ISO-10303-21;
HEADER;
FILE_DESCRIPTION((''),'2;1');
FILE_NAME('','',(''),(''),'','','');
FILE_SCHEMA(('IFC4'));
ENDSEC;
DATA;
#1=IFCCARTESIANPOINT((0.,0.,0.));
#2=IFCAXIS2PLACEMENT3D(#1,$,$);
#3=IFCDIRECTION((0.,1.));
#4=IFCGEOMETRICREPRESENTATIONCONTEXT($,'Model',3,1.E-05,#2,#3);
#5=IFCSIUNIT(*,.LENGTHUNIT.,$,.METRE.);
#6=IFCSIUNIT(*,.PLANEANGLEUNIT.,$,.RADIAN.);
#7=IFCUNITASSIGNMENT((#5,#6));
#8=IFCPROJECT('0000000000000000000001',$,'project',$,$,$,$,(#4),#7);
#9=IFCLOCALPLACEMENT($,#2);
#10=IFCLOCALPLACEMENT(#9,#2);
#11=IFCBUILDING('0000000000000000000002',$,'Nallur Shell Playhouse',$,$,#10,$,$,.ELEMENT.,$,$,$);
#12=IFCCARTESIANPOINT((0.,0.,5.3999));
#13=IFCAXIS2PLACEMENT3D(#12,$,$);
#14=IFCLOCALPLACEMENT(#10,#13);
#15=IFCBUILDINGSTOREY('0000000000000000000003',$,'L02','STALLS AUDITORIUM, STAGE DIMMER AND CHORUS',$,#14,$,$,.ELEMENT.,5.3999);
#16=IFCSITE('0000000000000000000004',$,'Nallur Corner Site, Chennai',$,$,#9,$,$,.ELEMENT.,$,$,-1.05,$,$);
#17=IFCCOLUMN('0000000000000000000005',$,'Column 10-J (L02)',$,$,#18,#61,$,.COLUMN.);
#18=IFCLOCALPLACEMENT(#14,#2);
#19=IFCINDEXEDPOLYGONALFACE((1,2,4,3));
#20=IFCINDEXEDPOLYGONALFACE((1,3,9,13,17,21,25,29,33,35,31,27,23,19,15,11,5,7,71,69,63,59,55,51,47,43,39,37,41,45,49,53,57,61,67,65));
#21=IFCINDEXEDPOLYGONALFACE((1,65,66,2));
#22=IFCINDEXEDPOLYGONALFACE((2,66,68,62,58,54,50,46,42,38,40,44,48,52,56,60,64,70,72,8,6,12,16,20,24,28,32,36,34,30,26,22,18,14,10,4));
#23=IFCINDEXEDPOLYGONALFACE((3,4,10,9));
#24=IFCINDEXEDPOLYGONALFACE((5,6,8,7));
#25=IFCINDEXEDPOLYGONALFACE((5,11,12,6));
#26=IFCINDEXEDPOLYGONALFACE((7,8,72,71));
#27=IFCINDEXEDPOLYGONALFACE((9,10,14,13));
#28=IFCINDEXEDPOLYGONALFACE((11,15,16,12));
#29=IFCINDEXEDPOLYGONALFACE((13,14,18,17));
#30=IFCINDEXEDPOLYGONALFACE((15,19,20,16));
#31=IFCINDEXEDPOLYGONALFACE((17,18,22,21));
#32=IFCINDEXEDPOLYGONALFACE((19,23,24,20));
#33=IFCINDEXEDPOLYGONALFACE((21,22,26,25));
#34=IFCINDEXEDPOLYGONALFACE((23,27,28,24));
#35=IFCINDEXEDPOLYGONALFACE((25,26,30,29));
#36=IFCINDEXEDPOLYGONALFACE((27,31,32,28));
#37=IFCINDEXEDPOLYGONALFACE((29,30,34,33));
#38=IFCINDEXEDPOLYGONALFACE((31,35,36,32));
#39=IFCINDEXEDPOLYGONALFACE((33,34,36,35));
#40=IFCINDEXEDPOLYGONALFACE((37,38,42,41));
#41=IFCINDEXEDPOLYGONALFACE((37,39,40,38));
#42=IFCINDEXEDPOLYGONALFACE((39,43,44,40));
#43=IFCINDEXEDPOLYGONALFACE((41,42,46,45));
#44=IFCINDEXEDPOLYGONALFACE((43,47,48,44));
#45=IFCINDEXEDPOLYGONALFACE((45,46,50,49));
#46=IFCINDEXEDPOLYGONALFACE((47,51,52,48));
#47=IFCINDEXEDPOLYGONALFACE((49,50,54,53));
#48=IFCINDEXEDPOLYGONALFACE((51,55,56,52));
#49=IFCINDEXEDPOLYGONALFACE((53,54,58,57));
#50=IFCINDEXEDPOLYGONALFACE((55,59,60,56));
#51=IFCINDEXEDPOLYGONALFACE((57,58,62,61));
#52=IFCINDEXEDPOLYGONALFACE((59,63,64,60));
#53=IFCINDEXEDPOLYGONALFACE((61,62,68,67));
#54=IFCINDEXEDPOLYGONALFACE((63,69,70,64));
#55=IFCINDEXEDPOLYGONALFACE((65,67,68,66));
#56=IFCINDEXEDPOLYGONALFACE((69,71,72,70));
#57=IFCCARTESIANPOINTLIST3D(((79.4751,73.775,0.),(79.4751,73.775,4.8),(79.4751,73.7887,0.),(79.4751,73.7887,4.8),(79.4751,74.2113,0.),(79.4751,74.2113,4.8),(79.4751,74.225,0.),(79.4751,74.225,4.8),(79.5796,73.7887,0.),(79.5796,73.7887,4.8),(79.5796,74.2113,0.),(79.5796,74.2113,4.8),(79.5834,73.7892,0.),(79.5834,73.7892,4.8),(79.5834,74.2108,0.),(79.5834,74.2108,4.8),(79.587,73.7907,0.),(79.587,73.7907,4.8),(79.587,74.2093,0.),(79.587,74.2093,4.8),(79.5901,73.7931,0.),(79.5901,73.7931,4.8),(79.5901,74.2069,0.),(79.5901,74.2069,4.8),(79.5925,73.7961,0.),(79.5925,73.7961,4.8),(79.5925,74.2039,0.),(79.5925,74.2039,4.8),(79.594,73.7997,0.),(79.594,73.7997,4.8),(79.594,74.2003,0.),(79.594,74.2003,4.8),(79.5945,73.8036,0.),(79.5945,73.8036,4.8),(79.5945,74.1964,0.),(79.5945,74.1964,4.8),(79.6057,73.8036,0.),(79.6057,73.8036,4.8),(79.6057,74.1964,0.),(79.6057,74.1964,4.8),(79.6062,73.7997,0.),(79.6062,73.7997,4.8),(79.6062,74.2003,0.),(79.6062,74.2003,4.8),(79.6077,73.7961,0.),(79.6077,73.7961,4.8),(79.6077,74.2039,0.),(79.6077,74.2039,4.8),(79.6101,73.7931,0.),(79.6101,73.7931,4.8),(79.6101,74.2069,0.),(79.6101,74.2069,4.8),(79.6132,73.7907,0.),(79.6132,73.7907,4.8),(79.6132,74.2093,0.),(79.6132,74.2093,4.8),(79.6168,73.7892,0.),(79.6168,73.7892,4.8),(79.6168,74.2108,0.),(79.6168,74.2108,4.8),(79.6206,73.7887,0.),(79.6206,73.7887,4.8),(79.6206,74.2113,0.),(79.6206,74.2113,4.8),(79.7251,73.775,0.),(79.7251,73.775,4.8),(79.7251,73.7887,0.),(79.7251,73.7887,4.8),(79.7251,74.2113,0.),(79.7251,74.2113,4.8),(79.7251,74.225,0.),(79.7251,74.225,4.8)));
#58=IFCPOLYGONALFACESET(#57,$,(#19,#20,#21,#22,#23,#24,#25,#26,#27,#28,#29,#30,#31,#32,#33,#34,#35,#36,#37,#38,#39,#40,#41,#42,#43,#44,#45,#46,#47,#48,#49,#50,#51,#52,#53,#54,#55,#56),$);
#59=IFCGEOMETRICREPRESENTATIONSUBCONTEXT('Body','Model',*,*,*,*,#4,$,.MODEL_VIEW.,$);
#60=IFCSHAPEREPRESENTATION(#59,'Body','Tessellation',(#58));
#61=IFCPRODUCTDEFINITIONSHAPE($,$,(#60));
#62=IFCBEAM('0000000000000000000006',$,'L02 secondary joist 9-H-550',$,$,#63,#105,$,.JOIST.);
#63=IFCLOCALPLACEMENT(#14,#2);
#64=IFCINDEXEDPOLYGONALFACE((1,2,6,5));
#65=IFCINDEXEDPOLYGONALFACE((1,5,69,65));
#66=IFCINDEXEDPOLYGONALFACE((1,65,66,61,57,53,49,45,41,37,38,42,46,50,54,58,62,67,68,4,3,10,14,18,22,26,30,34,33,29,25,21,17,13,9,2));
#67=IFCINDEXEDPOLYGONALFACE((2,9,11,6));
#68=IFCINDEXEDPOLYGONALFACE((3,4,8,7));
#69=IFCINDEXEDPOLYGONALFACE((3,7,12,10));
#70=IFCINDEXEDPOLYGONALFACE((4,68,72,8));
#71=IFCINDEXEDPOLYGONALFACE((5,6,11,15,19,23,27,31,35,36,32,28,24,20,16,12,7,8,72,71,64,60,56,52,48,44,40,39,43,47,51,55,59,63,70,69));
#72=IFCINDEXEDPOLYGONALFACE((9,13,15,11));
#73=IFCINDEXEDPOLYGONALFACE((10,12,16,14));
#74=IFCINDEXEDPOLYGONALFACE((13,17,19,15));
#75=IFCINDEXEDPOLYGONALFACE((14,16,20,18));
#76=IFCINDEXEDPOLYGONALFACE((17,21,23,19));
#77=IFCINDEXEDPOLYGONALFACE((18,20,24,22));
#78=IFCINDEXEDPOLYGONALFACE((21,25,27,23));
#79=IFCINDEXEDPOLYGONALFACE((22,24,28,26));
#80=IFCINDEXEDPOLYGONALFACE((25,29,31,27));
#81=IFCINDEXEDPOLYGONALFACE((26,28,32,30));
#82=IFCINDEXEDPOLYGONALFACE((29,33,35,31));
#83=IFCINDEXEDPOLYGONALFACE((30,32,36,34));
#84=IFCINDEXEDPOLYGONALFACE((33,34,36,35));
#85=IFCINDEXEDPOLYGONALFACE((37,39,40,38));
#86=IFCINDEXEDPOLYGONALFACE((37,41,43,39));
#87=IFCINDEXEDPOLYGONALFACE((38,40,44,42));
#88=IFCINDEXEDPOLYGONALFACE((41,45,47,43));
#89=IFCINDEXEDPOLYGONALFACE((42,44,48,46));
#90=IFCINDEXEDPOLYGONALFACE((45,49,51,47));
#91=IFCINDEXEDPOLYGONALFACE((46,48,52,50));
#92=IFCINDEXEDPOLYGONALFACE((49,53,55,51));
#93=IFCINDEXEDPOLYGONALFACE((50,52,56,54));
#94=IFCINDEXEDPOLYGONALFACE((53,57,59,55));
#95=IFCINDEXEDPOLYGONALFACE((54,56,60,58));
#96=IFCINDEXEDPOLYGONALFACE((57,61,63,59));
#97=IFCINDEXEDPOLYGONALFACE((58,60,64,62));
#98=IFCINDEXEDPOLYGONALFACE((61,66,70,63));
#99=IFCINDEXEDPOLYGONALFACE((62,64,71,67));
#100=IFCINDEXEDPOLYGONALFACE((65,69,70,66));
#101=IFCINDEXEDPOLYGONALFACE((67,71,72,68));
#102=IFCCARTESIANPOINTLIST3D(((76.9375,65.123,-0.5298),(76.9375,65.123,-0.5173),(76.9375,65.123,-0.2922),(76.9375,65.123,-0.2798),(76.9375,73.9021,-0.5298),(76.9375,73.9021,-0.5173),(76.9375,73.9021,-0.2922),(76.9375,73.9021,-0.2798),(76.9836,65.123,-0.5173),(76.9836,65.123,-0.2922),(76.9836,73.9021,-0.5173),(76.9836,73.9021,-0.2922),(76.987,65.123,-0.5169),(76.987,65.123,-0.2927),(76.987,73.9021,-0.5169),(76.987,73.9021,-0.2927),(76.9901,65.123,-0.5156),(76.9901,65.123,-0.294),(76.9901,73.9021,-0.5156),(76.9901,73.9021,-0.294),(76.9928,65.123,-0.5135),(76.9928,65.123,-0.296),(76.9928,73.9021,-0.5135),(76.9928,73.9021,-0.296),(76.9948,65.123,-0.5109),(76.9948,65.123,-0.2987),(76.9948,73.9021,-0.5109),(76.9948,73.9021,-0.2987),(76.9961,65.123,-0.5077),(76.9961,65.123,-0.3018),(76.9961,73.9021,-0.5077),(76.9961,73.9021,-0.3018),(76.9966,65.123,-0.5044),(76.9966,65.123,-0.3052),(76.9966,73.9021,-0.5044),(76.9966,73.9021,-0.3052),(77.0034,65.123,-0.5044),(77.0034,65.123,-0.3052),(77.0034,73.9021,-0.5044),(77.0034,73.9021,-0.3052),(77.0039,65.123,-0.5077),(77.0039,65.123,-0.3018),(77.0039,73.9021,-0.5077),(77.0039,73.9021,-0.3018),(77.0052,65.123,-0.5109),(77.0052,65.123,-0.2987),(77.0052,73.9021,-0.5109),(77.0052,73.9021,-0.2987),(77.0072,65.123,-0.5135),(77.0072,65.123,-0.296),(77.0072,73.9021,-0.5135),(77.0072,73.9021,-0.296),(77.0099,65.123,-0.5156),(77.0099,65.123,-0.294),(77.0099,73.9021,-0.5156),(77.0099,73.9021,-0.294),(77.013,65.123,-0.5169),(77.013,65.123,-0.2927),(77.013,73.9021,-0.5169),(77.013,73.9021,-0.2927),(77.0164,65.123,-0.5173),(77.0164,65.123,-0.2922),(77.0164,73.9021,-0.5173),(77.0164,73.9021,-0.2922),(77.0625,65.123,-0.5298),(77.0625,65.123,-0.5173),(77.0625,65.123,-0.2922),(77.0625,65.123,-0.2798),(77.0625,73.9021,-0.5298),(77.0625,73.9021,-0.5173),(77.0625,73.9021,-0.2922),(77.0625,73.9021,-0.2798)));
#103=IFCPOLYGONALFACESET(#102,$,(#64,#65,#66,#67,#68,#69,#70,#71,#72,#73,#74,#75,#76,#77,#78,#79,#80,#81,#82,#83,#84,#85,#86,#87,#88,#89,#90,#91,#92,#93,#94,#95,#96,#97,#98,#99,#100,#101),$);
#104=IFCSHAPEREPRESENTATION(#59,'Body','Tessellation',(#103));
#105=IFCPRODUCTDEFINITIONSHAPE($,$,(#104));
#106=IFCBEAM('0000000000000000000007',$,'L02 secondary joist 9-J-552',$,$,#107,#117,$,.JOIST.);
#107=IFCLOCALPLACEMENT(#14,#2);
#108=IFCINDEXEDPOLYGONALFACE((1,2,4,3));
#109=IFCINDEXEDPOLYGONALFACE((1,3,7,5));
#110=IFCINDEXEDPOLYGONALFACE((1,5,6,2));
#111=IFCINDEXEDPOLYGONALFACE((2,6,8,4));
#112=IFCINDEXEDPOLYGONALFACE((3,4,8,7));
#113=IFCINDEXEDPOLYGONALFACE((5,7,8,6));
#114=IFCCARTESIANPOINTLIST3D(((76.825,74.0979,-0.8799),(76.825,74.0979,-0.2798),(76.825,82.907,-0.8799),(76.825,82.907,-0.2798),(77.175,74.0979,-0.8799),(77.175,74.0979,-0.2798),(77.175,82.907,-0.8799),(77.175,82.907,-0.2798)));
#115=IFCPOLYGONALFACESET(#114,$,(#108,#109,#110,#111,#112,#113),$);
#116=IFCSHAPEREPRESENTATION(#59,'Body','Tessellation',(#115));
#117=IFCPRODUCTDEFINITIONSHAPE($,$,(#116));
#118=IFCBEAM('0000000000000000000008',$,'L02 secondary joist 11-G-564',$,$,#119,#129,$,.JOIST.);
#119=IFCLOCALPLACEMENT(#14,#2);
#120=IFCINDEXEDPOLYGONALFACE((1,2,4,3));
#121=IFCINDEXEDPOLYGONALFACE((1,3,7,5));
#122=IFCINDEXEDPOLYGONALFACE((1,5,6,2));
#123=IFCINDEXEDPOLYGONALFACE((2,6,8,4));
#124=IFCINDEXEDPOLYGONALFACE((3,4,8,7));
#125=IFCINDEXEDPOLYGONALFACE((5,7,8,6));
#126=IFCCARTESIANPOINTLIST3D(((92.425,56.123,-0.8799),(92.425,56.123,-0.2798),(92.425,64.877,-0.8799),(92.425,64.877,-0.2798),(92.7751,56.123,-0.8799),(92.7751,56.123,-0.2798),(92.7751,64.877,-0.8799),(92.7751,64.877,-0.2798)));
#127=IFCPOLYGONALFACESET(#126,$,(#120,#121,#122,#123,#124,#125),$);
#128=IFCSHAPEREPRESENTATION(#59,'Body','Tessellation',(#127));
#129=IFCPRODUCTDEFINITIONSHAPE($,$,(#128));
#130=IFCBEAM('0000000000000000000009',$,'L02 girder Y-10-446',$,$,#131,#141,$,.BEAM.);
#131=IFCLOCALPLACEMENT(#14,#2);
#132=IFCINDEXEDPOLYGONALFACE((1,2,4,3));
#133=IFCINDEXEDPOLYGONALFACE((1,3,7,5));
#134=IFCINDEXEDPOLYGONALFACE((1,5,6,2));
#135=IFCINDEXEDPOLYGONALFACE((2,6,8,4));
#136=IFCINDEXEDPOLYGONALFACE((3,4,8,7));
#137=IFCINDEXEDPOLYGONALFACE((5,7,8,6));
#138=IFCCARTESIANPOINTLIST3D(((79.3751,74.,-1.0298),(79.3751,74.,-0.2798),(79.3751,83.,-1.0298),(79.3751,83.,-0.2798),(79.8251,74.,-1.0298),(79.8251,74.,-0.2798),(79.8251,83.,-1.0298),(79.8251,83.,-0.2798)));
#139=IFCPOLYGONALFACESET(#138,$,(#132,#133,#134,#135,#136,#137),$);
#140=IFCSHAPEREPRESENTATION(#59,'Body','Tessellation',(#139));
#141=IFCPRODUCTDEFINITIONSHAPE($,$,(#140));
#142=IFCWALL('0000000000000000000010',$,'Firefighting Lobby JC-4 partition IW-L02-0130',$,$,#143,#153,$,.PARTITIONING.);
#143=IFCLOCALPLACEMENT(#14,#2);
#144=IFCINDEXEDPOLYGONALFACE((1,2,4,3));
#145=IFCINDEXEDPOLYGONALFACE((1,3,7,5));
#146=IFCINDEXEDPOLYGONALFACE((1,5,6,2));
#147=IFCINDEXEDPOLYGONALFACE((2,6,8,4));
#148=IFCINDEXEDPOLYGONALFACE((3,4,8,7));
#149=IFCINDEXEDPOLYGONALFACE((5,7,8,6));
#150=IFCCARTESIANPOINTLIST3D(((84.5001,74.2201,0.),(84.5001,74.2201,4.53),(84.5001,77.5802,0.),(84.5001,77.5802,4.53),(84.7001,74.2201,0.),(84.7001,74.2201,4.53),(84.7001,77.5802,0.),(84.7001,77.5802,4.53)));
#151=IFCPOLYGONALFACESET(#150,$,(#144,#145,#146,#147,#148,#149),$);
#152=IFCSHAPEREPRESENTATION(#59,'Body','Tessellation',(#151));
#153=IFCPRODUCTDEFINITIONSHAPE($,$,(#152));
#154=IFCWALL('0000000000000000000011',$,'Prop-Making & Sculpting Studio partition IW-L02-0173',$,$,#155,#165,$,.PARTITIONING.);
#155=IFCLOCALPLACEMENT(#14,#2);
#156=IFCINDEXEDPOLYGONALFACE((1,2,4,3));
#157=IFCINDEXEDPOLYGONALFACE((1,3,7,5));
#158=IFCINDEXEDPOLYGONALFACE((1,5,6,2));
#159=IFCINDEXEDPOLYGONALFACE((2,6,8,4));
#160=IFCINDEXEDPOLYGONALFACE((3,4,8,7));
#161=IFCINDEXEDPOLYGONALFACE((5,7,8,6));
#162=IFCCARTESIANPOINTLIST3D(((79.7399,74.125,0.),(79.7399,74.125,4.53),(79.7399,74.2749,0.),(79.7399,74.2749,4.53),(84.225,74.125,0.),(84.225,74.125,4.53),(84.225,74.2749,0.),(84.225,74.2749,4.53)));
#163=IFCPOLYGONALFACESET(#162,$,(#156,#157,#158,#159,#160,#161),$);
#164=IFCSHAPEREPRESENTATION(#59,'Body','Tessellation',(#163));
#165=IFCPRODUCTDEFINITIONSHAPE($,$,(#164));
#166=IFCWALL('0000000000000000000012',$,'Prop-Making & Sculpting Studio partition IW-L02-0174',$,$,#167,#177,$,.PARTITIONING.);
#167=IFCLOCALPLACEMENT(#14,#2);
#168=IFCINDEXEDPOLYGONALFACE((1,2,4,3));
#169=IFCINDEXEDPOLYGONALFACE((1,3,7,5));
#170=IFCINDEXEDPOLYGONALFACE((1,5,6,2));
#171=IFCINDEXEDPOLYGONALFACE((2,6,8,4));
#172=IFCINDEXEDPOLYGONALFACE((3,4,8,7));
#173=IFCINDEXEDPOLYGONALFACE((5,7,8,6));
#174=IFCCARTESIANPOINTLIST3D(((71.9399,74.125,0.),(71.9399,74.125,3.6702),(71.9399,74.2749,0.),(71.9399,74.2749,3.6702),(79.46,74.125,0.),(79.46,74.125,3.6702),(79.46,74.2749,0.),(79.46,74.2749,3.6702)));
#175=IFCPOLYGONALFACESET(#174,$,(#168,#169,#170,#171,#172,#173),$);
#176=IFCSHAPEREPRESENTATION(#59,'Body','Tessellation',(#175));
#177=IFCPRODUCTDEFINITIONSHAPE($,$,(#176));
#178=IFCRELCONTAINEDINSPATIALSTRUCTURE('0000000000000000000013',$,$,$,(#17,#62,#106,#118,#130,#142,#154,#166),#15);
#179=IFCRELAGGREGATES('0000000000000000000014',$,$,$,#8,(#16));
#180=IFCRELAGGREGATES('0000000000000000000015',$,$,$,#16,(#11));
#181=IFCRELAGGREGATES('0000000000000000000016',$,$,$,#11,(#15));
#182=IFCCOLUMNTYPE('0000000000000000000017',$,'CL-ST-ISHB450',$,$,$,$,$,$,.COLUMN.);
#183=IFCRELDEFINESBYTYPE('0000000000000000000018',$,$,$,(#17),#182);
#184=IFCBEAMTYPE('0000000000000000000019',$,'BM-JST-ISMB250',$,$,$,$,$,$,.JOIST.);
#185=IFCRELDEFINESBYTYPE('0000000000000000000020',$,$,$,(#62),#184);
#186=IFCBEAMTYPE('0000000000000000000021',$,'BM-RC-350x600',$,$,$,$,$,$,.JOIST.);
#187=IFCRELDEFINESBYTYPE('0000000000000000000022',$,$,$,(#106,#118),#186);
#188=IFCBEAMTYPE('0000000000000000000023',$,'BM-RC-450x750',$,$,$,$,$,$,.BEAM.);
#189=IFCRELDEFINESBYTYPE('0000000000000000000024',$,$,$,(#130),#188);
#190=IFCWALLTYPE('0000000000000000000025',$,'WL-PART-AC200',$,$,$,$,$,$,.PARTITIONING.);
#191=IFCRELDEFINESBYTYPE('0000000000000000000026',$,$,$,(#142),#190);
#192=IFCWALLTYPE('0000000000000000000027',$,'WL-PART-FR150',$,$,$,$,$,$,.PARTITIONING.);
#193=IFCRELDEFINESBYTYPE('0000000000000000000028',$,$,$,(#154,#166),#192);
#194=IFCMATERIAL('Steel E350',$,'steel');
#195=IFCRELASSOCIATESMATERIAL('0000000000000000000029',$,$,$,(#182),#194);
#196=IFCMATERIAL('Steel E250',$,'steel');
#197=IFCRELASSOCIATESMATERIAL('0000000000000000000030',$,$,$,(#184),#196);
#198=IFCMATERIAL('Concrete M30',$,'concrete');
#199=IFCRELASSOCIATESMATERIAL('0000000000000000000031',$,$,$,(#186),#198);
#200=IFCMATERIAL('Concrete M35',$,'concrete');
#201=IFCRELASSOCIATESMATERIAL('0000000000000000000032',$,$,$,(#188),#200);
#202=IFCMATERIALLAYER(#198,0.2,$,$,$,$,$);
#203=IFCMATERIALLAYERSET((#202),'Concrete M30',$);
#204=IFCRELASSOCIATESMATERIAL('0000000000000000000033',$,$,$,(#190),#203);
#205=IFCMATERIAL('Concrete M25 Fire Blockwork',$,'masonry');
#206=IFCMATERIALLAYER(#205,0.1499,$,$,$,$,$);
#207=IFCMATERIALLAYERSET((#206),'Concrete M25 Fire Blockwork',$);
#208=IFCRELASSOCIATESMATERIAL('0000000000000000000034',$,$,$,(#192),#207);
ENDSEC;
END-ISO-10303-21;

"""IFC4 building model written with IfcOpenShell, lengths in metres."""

from ifc_helpers import new_model, si_unit, direction, frame, frame_2d, origin, origin_2d, place, context, subcontext, project, spatial, rectangle, i_section, extrude, material, layer, layer_set, material_profile, profile_set, type_object, element, save


model = new_model("IFC4")

# Units and contexts
model_context = context("Model", 3, precision=1e-05, world=origin(), true_north=direction((0.0, 1.0)))
body_context = subcontext(model_context, "Body", "Model", "MODEL_VIEW")
ifc_project = project(units=[si_unit("LENGTHUNIT", "METRE"), si_unit("PLANEANGLEUNIT", "RADIAN")], contexts=[model_context])

# Site, building, storey
site_placement = place(None, origin())
site = spatial("IfcSite", under=ifc_project, at=site_placement, Name="Nallur Corner Site, Chennai", CompositionType="ELEMENT", RefElevation=-1.05)
building_placement = place(site_placement, origin())
building = spatial("IfcBuilding", under=site, at=building_placement, Name="Nallur Shell Playhouse", CompositionType="ELEMENT")
storey_placement = place(building_placement, frame((0.0, 0.0, 5.3999)))
storey = spatial("IfcBuildingStorey", under=building, at=storey_placement, Name="L02", Description="STALLS AUDITORIUM, STAGE DIMMER AND CHORUS", CompositionType="ELEMENT", Elevation=5.3999)

# Column
ifc_material_1 = material(Name="Steel E350", Category="steel")
ifc_material_profile_1 = material_profile(ifc_material_1, i_section(OverallWidth=0.25, OverallDepth=0.45, WebThickness=0.0112, FlangeThickness=0.0137, FilletRadius=0.0149, at=origin_2d()), Name="ISHB 450")
ifc_profile_set_1 = profile_set([ifc_material_profile_1], Name="Steel E350")
column_type = type_object("IfcColumnType", Name="CL-ST-ISHB450", PredefinedType="COLUMN", material=ifc_profile_set_1)
column_placement = place(storey_placement, frame((79.6001, 74.0, 0.0), z_axis=(0.0, 0.0, 1.0), x_axis=(1.0, 0.0, 0.0)))
element("IfcColumn", 1, at=column_placement, inside=storey, type_object=column_type, Name="Column 10-J (L02)", PredefinedType="COLUMN", context=body_context, shape_type="SweptSolid", body=[
    extrude(i_section(OverallWidth=0.25, OverallDepth=0.45, WebThickness=0.0112, FlangeThickness=0.0137, FilletRadius=0.0149, at=origin_2d()), origin(), (0.0, 0.0, 1.0), 4.8),
])

# Beams
ifc_material_2 = material(Name="Steel E250", Category="steel")
ifc_material_profile_2 = material_profile(ifc_material_2, i_section(OverallWidth=0.125, OverallDepth=0.25, WebThickness=0.0068, FlangeThickness=0.0125, FilletRadius=0.0129, at=origin_2d()), Name="ISMB 250")
ifc_profile_set_2 = profile_set([ifc_material_profile_2], Name="Steel E250")
beam_type_1 = type_object("IfcBeamType", Name="BM-JST-ISMB250", PredefinedType="JOIST", material=ifc_profile_set_2)
beam_1_placement = place(storey_placement, frame((77.0, 65.123, -0.4048), z_axis=(0.0, 1.0, 0.0), x_axis=(-1.0, 0.0, 0.0)))
element("IfcBeam", 2, at=beam_1_placement, inside=storey, type_object=beam_type_1, Name="L02 secondary joist 9-H-550", PredefinedType="JOIST", context=body_context, shape_type="SweptSolid", body=[
    extrude(i_section(OverallWidth=0.125, OverallDepth=0.25, WebThickness=0.0068, FlangeThickness=0.0125, FilletRadius=0.0129, at=origin_2d()), origin(), (0.0, 0.0, 1.0), 8.7791),
])
ifc_material_3 = material(Name="Concrete M30", Category="concrete")
ifc_material_profile_3 = material_profile(ifc_material_3, rectangle(XDim=0.3501, YDim=0.6001, at=origin_2d()), Name="RC 350x600")
ifc_profile_set_3 = profile_set([ifc_material_profile_3], Name="Concrete M30")
beam_type_2 = type_object("IfcBeamType", Name="BM-RC-350x600", PredefinedType="JOIST", material=ifc_profile_set_3)
beam_2_placement = place(storey_placement, frame((77.0, 74.0979, -0.5798), z_axis=(0.0, 1.0, 0.0), x_axis=(-1.0, 0.0, 0.0)))
element("IfcBeam", 3, at=beam_2_placement, inside=storey, type_object=beam_type_2, Name="L02 secondary joist 9-J-552", PredefinedType="JOIST", context=body_context, shape_type="SweptSolid", body=[
    extrude(rectangle(XDim=0.3501, YDim=0.6001, at=origin_2d()), origin(), (0.0, 0.0, 1.0), 8.8091),
])
beam_3_placement = place(storey_placement, frame((92.6001, 56.123, -0.5798), z_axis=(0.0, 1.0, 0.0), x_axis=(-1.0, 0.0, 0.0)))
element("IfcBeam", 4, at=beam_3_placement, inside=storey, type_object=beam_type_2, Name="L02 secondary joist 11-G-564", PredefinedType="JOIST", context=body_context, shape_type="SweptSolid", body=[
    extrude(rectangle(XDim=0.3501, YDim=0.6001, at=origin_2d()), origin(), (0.0, 0.0, 1.0), 8.7539),
])
ifc_material_4 = material(Name="Concrete M35", Category="concrete")
ifc_material_profile_4 = material_profile(ifc_material_4, rectangle(XDim=0.45, YDim=0.75, at=origin_2d()), Name="RC 450x750")
ifc_profile_set_4 = profile_set([ifc_material_profile_4], Name="Concrete M35")
beam_type_3 = type_object("IfcBeamType", Name="BM-RC-450x750", PredefinedType="BEAM", material=ifc_profile_set_4)
beam_4_placement = place(storey_placement, frame((79.6001, 74.0, -0.6548), z_axis=(0.0, 1.0, 0.0), x_axis=(-1.0, 0.0, 0.0)))
element("IfcBeam", 5, at=beam_4_placement, inside=storey, type_object=beam_type_3, Name="L02 girder Y-10-446", PredefinedType="BEAM", context=body_context, shape_type="SweptSolid", body=[
    extrude(rectangle(XDim=0.45, YDim=0.75, at=origin_2d()), origin(), (0.0, 0.0, 1.0), 9.0),
])

# Wall
ifc_layer_1 = layer(ifc_material_3, 0.2)
ifc_layer_set_1 = layer_set([ifc_layer_1], Name="Concrete M30")
wall_type_1 = type_object("IfcWallType", Name="WL-PART-AC200", PredefinedType="PARTITIONING", material=ifc_layer_set_1)
wall_1_placement = place(storey_placement, frame((84.6001, 74.22, 0.0), z_axis=(0.0, 0.0, 1.0), x_axis=(0.0, 1.0, 0.0)))
element("IfcWall", 6, at=wall_1_placement, inside=storey, type_object=wall_type_1, Name="Firefighting Lobby JC-4 partition IW-L02-0130", PredefinedType="PARTITIONING", context=body_context, shape_type="SweptSolid", body=[
    extrude(rectangle(XDim=3.3601, YDim=0.2, at=frame_2d((1.6802, 0.0))), origin(), (0.0, 0.0, 1.0), 4.53),
])

# Walls
ifc_material_5 = material(Name="Concrete M25 Fire Blockwork", Category="masonry")
ifc_layer_2 = layer(ifc_material_5, 0.1499)
ifc_layer_set_2 = layer_set([ifc_layer_2], Name="Concrete M25 Fire Blockwork")
wall_type_2 = type_object("IfcWallType", Name="WL-PART-FR150", PredefinedType="PARTITIONING", material=ifc_layer_set_2)
wall_2_placement = place(storey_placement, frame((84.2251, 74.2, 0.0), z_axis=(0.0, 0.0, 1.0), x_axis=(-1.0, 0.0, 0.0)))
element("IfcWall", 7, at=wall_2_placement, inside=storey, type_object=wall_type_2, Name="Prop-Making & Sculpting Studio partition IW-L02-0173", PredefinedType="PARTITIONING", context=body_context, shape_type="SweptSolid", body=[
    extrude(rectangle(XDim=4.4851, YDim=0.1499, at=frame_2d((2.2427, 0.0))), origin(), (0.0, 0.0, 1.0), 4.53),
])
wall_3_placement = place(storey_placement, frame((79.46, 74.2, 0.0), z_axis=(0.0, 0.0, 1.0), x_axis=(-1.0, 0.0, 0.0)))
element("IfcWall", 8, at=wall_3_placement, inside=storey, type_object=wall_type_2, Name="Prop-Making & Sculpting Studio partition IW-L02-0174", PredefinedType="PARTITIONING", context=body_context, shape_type="SweptSolid", body=[
    extrude(rectangle(XDim=7.52, YDim=0.1499, at=frame_2d((3.76, 0.0))), origin(), (0.0, 0.0, 1.0), 3.6702),
])

save(model, "model.ifc")
